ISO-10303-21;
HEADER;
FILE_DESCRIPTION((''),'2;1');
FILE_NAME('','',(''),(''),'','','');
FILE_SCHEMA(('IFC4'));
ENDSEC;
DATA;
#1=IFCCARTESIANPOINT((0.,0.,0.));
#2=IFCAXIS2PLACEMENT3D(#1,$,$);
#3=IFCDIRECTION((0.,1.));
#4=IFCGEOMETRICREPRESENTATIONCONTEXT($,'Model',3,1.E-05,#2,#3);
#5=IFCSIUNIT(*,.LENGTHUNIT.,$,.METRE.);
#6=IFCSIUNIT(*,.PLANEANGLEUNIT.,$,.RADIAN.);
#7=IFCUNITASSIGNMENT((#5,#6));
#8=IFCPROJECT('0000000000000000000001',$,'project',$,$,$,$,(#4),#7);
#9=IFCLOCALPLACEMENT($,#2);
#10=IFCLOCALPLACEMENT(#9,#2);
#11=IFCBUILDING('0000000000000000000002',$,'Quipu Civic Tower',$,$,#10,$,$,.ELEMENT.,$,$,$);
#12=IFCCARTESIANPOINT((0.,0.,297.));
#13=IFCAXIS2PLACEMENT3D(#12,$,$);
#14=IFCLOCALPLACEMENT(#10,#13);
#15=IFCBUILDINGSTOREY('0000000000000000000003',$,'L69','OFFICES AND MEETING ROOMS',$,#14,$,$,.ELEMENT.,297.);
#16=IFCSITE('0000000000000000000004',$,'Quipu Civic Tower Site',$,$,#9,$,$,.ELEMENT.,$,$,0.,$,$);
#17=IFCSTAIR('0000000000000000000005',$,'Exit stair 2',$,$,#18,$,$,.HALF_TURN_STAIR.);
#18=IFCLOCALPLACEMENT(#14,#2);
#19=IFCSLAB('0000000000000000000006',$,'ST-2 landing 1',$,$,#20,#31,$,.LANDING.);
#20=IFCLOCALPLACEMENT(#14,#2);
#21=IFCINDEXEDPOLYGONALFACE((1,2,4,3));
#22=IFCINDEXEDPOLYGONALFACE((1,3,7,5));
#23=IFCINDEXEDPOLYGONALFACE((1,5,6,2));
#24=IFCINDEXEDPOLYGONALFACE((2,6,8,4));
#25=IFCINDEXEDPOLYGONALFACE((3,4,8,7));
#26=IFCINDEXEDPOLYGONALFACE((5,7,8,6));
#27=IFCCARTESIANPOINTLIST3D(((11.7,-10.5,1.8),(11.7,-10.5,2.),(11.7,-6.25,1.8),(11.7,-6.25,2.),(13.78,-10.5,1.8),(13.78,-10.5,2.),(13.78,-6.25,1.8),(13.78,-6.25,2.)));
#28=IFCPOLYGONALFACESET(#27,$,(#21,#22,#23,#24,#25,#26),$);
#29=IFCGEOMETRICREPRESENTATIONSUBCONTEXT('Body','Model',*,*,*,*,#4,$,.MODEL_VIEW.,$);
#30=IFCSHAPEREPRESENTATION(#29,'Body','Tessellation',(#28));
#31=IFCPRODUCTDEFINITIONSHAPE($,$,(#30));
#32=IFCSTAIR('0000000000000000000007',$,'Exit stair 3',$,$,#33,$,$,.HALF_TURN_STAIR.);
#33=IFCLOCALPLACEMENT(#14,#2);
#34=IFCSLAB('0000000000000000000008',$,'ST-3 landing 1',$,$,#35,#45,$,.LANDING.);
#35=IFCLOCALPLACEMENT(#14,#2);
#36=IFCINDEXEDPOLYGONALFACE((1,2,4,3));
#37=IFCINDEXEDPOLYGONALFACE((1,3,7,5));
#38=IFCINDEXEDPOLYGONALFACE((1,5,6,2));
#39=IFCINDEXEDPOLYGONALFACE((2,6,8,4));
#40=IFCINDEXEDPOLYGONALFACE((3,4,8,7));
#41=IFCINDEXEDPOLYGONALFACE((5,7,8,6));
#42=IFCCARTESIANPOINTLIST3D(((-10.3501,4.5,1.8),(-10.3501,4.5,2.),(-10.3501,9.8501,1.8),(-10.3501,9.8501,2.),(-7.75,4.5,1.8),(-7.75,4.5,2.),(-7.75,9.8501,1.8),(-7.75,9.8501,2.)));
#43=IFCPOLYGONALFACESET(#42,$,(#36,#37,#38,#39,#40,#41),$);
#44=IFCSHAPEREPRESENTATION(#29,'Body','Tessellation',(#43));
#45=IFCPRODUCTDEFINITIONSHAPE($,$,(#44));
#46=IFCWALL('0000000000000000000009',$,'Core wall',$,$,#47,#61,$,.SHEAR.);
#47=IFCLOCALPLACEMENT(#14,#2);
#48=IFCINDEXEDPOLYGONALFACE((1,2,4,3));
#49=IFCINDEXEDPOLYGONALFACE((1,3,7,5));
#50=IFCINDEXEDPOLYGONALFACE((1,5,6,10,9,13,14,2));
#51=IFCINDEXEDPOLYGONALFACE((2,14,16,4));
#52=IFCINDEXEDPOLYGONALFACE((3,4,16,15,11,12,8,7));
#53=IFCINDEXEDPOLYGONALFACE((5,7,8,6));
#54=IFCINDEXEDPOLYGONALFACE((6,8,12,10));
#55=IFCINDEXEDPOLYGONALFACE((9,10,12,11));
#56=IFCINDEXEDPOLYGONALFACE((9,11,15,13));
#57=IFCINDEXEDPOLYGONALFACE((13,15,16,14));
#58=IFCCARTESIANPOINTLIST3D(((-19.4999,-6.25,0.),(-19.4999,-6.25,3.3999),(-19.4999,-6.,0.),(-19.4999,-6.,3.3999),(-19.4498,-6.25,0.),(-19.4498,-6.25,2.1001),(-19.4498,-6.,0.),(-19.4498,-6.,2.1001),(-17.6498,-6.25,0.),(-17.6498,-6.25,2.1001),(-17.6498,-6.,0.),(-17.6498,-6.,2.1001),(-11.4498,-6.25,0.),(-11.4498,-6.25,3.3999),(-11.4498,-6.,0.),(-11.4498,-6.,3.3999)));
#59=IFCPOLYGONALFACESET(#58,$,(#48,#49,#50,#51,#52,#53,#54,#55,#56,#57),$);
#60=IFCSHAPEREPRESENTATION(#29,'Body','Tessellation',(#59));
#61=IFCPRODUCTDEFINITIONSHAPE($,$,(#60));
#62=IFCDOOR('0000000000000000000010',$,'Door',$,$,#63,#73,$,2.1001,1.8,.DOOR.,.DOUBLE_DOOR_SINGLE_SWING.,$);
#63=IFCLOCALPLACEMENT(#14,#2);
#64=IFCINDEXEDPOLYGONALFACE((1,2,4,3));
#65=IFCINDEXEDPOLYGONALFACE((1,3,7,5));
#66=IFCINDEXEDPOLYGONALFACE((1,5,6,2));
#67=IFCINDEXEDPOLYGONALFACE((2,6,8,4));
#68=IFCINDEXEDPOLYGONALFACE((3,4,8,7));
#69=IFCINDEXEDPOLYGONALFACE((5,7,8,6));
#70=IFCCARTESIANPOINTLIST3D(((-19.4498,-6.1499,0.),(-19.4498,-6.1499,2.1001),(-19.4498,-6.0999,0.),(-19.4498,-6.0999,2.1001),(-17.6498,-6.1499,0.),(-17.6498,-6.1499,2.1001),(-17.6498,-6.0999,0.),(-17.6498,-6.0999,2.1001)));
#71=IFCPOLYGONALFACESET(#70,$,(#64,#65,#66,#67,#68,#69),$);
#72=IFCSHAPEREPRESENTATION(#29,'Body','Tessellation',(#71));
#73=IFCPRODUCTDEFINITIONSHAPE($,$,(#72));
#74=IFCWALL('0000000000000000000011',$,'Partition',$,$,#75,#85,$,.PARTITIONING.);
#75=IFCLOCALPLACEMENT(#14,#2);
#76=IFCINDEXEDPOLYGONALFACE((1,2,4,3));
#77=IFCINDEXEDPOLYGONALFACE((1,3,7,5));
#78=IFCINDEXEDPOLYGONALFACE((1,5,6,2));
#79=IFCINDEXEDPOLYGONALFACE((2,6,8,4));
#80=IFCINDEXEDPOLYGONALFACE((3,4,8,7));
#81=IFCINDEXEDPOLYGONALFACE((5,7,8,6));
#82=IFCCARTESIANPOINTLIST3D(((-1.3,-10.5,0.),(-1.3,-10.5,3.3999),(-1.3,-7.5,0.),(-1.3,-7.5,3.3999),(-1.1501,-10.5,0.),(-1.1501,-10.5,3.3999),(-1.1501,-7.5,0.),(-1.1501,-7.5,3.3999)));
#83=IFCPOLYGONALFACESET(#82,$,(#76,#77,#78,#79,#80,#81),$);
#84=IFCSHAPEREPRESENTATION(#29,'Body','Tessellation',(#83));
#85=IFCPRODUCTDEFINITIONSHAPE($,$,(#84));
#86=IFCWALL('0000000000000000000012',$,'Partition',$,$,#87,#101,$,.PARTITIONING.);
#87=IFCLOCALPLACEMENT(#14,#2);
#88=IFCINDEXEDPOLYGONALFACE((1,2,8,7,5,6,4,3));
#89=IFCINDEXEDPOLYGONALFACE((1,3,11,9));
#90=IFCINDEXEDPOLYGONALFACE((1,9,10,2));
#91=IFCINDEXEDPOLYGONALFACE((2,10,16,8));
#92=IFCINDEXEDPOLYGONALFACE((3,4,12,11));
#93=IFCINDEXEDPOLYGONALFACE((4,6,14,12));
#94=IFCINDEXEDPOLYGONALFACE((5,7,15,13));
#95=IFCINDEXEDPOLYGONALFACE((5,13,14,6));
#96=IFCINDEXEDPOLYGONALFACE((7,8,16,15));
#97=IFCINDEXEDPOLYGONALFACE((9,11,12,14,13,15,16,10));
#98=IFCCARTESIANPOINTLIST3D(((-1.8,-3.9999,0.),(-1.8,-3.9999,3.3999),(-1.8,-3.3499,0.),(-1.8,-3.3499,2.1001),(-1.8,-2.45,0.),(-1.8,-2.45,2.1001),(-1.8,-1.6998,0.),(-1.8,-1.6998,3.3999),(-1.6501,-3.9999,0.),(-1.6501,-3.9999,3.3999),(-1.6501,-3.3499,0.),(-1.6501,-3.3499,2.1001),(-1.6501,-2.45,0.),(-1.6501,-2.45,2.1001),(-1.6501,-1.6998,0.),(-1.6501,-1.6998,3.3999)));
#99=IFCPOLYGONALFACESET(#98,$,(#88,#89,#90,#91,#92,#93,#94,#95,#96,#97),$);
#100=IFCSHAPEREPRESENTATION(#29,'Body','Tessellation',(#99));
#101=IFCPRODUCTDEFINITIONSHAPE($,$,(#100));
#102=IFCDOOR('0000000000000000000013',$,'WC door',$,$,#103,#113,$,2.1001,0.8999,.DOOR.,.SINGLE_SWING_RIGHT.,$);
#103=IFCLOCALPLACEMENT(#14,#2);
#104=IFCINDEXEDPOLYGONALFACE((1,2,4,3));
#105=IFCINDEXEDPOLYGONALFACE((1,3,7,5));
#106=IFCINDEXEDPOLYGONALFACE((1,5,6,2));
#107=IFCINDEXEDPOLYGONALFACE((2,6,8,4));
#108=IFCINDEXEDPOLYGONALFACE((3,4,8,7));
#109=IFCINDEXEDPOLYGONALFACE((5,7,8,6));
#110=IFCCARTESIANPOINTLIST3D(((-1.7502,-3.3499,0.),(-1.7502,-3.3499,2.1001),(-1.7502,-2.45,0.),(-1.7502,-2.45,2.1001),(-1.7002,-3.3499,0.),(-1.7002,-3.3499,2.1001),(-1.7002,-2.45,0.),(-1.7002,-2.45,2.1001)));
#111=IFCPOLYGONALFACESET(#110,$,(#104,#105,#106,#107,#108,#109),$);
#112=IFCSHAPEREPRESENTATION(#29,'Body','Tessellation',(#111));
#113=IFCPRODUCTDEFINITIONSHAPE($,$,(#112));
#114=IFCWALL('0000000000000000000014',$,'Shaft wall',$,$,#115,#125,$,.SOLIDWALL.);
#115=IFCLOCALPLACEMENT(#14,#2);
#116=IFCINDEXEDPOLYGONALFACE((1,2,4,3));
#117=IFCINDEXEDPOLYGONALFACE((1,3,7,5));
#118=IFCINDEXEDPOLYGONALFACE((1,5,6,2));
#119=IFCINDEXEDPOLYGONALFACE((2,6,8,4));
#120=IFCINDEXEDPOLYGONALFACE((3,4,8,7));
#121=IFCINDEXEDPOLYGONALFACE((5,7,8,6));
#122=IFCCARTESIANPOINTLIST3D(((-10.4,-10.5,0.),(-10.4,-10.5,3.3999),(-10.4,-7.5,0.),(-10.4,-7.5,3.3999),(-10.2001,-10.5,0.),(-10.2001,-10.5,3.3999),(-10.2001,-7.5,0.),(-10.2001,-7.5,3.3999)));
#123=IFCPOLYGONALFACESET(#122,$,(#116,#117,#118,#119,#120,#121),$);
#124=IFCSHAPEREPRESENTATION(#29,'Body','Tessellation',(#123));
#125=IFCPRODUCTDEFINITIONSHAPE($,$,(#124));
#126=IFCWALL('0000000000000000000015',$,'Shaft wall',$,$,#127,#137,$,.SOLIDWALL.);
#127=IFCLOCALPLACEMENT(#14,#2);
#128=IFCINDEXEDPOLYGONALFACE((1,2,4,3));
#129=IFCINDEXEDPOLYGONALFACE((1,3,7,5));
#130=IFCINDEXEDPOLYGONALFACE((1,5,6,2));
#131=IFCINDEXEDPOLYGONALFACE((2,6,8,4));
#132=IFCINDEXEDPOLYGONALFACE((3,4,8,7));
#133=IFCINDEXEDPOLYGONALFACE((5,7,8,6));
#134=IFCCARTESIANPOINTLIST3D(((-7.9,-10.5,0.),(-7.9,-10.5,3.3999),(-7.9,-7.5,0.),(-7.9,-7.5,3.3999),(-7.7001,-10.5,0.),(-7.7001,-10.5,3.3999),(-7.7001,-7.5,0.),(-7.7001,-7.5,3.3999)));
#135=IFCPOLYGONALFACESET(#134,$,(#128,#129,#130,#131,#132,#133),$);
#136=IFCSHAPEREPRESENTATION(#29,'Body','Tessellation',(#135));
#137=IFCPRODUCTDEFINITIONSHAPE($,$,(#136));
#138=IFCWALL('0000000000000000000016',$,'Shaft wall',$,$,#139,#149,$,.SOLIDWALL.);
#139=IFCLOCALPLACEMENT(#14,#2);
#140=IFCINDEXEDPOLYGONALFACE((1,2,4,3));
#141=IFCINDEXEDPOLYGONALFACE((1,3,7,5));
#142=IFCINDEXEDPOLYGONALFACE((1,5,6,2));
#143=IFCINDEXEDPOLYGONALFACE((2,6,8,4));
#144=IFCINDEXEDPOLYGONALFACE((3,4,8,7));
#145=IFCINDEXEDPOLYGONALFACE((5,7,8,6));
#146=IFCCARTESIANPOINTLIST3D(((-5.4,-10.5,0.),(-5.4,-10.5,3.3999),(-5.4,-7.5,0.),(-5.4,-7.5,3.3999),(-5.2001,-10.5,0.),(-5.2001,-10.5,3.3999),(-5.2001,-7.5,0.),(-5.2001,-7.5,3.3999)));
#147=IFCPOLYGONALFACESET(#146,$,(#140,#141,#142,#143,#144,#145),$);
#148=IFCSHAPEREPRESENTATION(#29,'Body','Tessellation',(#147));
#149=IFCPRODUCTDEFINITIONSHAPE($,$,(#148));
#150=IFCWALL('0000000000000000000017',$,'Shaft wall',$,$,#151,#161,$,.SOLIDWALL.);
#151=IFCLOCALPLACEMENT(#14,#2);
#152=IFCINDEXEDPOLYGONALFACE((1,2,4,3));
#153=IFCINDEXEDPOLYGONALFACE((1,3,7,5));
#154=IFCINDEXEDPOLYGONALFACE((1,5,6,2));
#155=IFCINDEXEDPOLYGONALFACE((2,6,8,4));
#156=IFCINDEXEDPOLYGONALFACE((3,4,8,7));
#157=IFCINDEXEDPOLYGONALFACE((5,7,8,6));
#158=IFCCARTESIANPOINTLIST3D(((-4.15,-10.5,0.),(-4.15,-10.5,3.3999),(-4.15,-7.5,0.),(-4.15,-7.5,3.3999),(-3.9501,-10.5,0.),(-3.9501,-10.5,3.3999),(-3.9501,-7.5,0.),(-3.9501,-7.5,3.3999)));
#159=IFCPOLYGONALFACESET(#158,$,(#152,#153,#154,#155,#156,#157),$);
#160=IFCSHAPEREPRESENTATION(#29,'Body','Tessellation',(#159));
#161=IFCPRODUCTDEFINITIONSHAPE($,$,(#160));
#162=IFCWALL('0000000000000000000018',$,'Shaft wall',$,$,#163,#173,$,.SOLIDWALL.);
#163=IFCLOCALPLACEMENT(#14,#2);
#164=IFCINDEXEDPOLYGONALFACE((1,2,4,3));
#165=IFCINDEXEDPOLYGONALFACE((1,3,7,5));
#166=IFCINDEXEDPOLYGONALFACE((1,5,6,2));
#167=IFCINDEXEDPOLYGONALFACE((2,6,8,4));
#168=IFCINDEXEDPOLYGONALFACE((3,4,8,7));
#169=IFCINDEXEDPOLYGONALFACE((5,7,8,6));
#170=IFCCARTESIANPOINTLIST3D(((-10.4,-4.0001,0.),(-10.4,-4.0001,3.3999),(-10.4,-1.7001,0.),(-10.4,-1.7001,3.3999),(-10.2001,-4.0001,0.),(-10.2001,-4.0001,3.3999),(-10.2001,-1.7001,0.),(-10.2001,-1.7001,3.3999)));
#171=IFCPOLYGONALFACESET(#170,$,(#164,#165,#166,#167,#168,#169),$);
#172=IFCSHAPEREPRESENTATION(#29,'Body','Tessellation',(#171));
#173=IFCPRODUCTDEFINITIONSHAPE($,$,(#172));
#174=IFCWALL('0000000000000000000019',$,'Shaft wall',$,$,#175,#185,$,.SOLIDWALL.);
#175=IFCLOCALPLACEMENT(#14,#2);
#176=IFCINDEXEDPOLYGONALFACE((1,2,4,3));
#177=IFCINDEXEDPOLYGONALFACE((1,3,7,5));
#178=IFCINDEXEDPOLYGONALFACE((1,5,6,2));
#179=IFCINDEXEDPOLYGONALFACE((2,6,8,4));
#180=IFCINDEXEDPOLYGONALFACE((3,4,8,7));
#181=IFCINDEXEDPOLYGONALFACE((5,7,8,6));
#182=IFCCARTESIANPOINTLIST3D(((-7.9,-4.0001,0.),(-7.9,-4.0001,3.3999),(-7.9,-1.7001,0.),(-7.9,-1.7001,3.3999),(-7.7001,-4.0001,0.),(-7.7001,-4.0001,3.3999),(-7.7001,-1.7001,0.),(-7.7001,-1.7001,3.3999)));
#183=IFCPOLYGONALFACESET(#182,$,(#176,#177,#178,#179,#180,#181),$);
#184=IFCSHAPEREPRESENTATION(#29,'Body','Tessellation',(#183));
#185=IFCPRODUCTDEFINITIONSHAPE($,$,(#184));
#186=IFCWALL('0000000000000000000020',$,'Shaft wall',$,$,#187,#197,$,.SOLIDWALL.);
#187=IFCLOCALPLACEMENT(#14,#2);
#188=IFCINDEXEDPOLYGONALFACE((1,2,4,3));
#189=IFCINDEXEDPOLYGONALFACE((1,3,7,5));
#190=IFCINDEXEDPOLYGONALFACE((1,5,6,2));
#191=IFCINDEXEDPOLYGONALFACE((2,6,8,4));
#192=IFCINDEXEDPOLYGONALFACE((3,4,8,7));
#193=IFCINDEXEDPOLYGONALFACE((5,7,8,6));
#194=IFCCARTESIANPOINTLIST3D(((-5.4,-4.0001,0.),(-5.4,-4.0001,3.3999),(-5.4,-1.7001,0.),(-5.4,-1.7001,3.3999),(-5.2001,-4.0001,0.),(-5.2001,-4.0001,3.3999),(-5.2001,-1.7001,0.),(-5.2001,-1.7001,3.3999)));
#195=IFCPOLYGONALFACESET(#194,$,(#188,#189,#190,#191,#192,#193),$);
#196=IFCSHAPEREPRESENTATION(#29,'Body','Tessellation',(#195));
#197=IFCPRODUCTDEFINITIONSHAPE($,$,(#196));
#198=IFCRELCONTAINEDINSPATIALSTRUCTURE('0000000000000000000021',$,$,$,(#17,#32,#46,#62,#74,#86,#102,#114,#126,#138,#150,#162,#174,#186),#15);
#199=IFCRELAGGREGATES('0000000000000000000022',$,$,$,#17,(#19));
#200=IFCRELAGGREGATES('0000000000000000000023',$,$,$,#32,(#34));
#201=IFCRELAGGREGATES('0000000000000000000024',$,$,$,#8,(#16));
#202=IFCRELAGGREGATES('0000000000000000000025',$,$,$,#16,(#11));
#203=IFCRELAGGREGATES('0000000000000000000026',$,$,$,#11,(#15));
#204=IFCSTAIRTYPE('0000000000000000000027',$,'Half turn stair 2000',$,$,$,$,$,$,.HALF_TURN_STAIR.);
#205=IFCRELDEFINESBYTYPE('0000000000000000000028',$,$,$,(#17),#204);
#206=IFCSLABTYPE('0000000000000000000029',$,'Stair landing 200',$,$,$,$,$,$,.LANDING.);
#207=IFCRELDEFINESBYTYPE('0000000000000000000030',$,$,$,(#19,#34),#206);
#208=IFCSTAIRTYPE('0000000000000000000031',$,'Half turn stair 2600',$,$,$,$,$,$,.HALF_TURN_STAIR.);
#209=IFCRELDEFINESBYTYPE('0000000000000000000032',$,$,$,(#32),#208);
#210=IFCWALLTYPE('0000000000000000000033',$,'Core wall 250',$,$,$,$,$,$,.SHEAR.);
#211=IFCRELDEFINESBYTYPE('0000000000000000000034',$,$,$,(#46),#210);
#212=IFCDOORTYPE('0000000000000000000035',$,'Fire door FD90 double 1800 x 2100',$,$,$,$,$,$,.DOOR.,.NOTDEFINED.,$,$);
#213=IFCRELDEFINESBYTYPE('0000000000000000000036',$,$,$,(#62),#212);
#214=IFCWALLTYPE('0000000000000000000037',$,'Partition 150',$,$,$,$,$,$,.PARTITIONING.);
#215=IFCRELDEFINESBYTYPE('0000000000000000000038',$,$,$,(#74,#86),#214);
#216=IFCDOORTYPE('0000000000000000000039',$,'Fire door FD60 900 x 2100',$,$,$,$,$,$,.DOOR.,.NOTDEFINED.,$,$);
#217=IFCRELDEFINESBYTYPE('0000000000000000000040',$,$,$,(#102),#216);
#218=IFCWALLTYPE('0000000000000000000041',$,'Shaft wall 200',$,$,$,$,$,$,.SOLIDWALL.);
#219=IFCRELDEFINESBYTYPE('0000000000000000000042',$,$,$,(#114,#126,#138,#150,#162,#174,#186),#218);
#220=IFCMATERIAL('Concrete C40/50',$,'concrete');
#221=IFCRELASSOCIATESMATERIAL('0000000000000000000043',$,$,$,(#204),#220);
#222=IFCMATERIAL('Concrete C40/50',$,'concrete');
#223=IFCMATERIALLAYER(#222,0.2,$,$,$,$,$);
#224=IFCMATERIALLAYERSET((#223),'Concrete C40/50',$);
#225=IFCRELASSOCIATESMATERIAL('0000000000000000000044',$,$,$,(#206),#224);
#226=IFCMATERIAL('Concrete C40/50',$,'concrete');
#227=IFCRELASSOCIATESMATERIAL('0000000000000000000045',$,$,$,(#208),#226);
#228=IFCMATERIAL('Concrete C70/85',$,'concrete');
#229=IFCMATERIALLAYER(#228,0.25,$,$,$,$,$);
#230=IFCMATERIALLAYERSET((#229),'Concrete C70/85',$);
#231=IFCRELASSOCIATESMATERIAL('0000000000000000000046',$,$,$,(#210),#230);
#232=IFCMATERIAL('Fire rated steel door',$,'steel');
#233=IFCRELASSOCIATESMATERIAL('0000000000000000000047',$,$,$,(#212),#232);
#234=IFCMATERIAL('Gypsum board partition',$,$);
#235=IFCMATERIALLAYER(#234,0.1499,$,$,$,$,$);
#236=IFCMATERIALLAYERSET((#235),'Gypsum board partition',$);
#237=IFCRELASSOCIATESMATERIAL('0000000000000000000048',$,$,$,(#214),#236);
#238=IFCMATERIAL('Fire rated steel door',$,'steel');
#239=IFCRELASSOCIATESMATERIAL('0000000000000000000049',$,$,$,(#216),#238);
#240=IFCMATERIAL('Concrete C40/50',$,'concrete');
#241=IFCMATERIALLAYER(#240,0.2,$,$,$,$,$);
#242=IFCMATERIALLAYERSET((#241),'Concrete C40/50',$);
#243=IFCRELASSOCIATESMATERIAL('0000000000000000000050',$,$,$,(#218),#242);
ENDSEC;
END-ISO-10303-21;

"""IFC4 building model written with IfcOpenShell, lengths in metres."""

from ifc_helpers import new_model, si_unit, direction, frame, frame_2d, origin, place, context, subcontext, project, spatial, polyline, rectangle, outline, extrude, material, layer, layer_set, type_object, element, fill, aggregate, save


model = new_model("IFC4")

# Units and contexts
model_context = context("Model", 3, precision=1e-05, world=origin(), true_north=direction((0.0, 1.0)))
body_context = subcontext(model_context, "Body", "Model", "MODEL_VIEW")
ifc_project = project(units=[si_unit("LENGTHUNIT", "METRE"), si_unit("PLANEANGLEUNIT", "RADIAN")], contexts=[model_context])

# Site, building, storey
site_placement = place(None, origin())
site = spatial("IfcSite", under=ifc_project, at=site_placement, Name="Quipu Civic Tower Site", CompositionType="ELEMENT", RefElevation=0.0)
building_placement = place(site_placement, origin())
building = spatial("IfcBuilding", under=site, at=building_placement, Name="Quipu Civic Tower", CompositionType="ELEMENT")
storey_placement = place(building_placement, frame((0.0, 0.0, 297.0)))
storey = spatial("IfcBuildingStorey", under=building, at=storey_placement, Name="L69", Description="OFFICES AND MEETING ROOMS", CompositionType="ELEMENT", Elevation=297.0)

# Stairs, slabs
ifc_material_1 = material(Name="Concrete C40/50", Category="concrete")
stair_type_1 = type_object("IfcStairType", Name="Half turn stair 2000", PredefinedType="HALF_TURN_STAIR", material=ifc_material_1)
ifc_material_2 = material(Name="Concrete C40/50", Category="concrete")
ifc_layer_1 = layer(ifc_material_2, 0.2)
ifc_layer_set_1 = layer_set([ifc_layer_1], Name="Concrete C40/50")
slab_type_1 = type_object("IfcSlabType", Name="Stair landing 200", PredefinedType="LANDING", material=ifc_layer_set_1)
stair_1_placement = place(storey_placement, origin())
stair_1 = element("IfcStair", 1, at=stair_1_placement, inside=storey, type_object=stair_type_1, Name="Exit stair 2", PredefinedType="HALF_TURN_STAIR")
slab_1_placement = place(storey_placement, frame((0.0, 0.0, 1.8)))
slab_1 = element("IfcSlab", 2, at=slab_1_placement, type_object=slab_type_1, Name="ST-2 landing 1", PredefinedType="LANDING", context=body_context, shape_type="SweptSolid", body=[
    extrude(outline(polyline([(13.78, -6.25), (11.7, -6.25), (11.7, -10.5), (13.78, -10.5), (13.78, -6.25)])), origin(), (0.0, 0.0, 1.0), 0.2),
])
aggregate(stair_1, [slab_1])
ifc_material_3 = material(Name="Concrete C40/50", Category="concrete")
stair_type_2 = type_object("IfcStairType", Name="Half turn stair 2600", PredefinedType="HALF_TURN_STAIR", material=ifc_material_3)
stair_2_placement = place(storey_placement, origin())
stair_2 = element("IfcStair", 3, at=stair_2_placement, inside=storey, type_object=stair_type_2, Name="Exit stair 3", PredefinedType="HALF_TURN_STAIR")
slab_2_placement = place(storey_placement, frame((0.0, 0.0, 1.8)))
slab_2 = element("IfcSlab", 4, at=slab_2_placement, type_object=slab_type_1, Name="ST-3 landing 1", PredefinedType="LANDING", context=body_context, shape_type="SweptSolid", body=[
    extrude(outline(polyline([(-10.3501, 4.5), (-7.75, 4.5), (-7.75, 9.8501), (-10.3501, 9.8501), (-10.3501, 4.5)])), origin(), (0.0, 0.0, 1.0), 0.2),
])
aggregate(stair_2, [slab_2])

# Wall, opening, door
ifc_material_4 = material(Name="Concrete C70/85", Category="concrete")
ifc_layer_2 = layer(ifc_material_4, 0.25)
ifc_layer_set_2 = layer_set([ifc_layer_2], Name="Concrete C70/85")
wall_type_1 = type_object("IfcWallType", Name="Core wall 250", PredefinedType="SHEAR", material=ifc_layer_set_2)
wall_1_placement = place(storey_placement, frame((-11.45, -6.125, 0.0), z_axis=(0.0, 0.0, 1.0), x_axis=(-1.0, 0.0, 0.0)))
wall_1 = element("IfcWall", 5, at=wall_1_placement, inside=storey, type_object=wall_type_1, Name="Core wall", PredefinedType="SHEAR", context=body_context, shape_type="SweptSolid", body=[
    extrude(rectangle(XDim=8.05, YDim=0.25, at=frame_2d((4.0249, 0.0))), origin(), (0.0, 0.0, 1.0), 3.3999),
])
opening_1_placement = place(wall_1_placement, frame((6.2, 0.0, 0.0)))
opening_1 = element("IfcOpeningElement", 6, at=opening_1_placement, cuts=wall_1, PredefinedType="OPENING", context=body_context, shape_type="SweptSolid", body=[
    extrude(rectangle(XDim=1.8, YDim=2.1001, at=frame_2d((0.8999, 1.05))), frame((0.0, 0.135, 0.0), z_axis=(0.0, -1.0, 0.0), x_axis=(1.0, 0.0, 0.0)), (0.0, 0.0, 1.0), 0.27),
])
ifc_material_5 = material(Name="Fire rated steel door", Category="steel")
door_type_1 = type_object("IfcDoorType", Name="Fire door FD90 double 1800 x 2100", OperationType="NOTDEFINED", PredefinedType="DOOR", material=ifc_material_5)
door_1_placement = place(opening_1_placement, origin())
door_1 = element("IfcDoor", 7, at=door_1_placement, inside=storey, type_object=door_type_1, Name="Door", OperationType="DOUBLE_DOOR_SINGLE_SWING", OverallHeight=2.1001, OverallWidth=1.8, PredefinedType="DOOR", context=body_context, shape_type="SweptSolid", body=[
    extrude(rectangle(XDim=1.8, YDim=2.1001, at=frame_2d((0.8999, 1.05))), frame((0.0, 0.0249, 0.0), z_axis=(0.0, -1.0, 0.0), x_axis=(1.0, 0.0, 0.0)), (0.0, 0.0, 1.0), 0.05),
])
fill(opening_1, door_1)

# Wall
ifc_material_6 = material(Name="Gypsum board partition")
ifc_layer_3 = layer(ifc_material_6, 0.1499)
ifc_layer_set_3 = layer_set([ifc_layer_3], Name="Gypsum board partition")
wall_type_2 = type_object("IfcWallType", Name="Partition 150", PredefinedType="PARTITIONING", material=ifc_layer_set_3)
wall_2_placement = place(storey_placement, frame((-1.2251, -10.5, 0.0), z_axis=(0.0, 0.0, 1.0), x_axis=(0.0, 1.0, 0.0)))
element("IfcWall", 8, at=wall_2_placement, inside=storey, type_object=wall_type_2, Name="Partition", PredefinedType="PARTITIONING", context=body_context, shape_type="SweptSolid", body=[
    extrude(rectangle(XDim=3.0, YDim=0.1499, at=frame_2d((1.5, 0.0))), origin(), (0.0, 0.0, 1.0), 3.3999),
])

# Wall, opening, door
wall_3_placement = place(storey_placement, frame((-1.7251, -1.7, 0.0), z_axis=(0.0, 0.0, 1.0), x_axis=(0.0, -1.0, 0.0)))
wall_3 = element("IfcWall", 9, at=wall_3_placement, inside=storey, type_object=wall_type_2, Name="Partition", PredefinedType="PARTITIONING", context=body_context, shape_type="SweptSolid", body=[
    extrude(rectangle(XDim=2.3, YDim=0.1499, at=frame_2d((1.1499, 0.0))), origin(), (0.0, 0.0, 1.0), 3.3999),
])
opening_2_placement = place(wall_3_placement, frame((0.75, 0.0, 0.0)))
opening_2 = element("IfcOpeningElement", 10, at=opening_2_placement, cuts=wall_3, PredefinedType="OPENING", context=body_context, shape_type="SweptSolid", body=[
    extrude(rectangle(XDim=0.8999, YDim=2.1001, at=frame_2d((0.45, 1.05))), frame((0.0, 0.085, 0.0), z_axis=(0.0, -1.0, 0.0), x_axis=(1.0, 0.0, 0.0)), (0.0, 0.0, 1.0), 0.1699),
])
ifc_material_7 = material(Name="Fire rated steel door", Category="steel")
door_type_2 = type_object("IfcDoorType", Name="Fire door FD60 900 x 2100", OperationType="NOTDEFINED", PredefinedType="DOOR", material=ifc_material_7)
door_2_placement = place(opening_2_placement, origin())
door_2 = element("IfcDoor", 11, at=door_2_placement, inside=storey, type_object=door_type_2, Name="WC door", OperationType="SINGLE_SWING_RIGHT", OverallHeight=2.1001, OverallWidth=0.8999, PredefinedType="DOOR", context=body_context, shape_type="SweptSolid", body=[
    extrude(rectangle(XDim=0.8999, YDim=2.1001, at=frame_2d((0.45, 1.05))), frame((0.0, 0.0249, 0.0), z_axis=(0.0, -1.0, 0.0), x_axis=(1.0, 0.0, 0.0)), (0.0, 0.0, 1.0), 0.05),
])
fill(opening_2, door_2)

# Walls
ifc_material_8 = material(Name="Concrete C40/50", Category="concrete")
ifc_layer_4 = layer(ifc_material_8, 0.2)
ifc_layer_set_4 = layer_set([ifc_layer_4], Name="Concrete C40/50")
wall_type_3 = type_object("IfcWallType", Name="Shaft wall 200", PredefinedType="SOLIDWALL", material=ifc_layer_set_4)
for number, where, z_axis, x_axis, name in (
    (12, (-10.3, -10.5, 0.0), (0.0, 0.0, 1.0), (0.0, 1.0, 0.0), "Shaft wall"),
    (13, (-7.8, -10.5, 0.0), (0.0, 0.0, 1.0), (0.0, 1.0, 0.0), "Shaft wall"),
    (14, (-5.3, -10.5, 0.0), (0.0, 0.0, 1.0), (0.0, 1.0, 0.0), "Shaft wall"),
    (15, (-4.05, -10.5, 0.0), (0.0, 0.0, 1.0), (0.0, 1.0, 0.0), "Shaft wall"),
):
    element("IfcWall", number, at=place(storey_placement, frame(where, z_axis=z_axis, x_axis=x_axis)), inside=storey, type_object=wall_type_3, Name=name, PredefinedType="SOLIDWALL", context=body_context, shape_type="SweptSolid", body=[
        extrude(rectangle(XDim=3.0, YDim=0.2, at=frame_2d((1.5, 0.0))), origin(), (0.0, 0.0, 1.0), 3.3999),
    ])
for number, where, z_axis, x_axis, name in (
    (16, (-10.3, -4.0, 0.0), (0.0, 0.0, 1.0), (0.0, 1.0, 0.0), "Shaft wall"),
    (17, (-7.8, -4.0, 0.0), (0.0, 0.0, 1.0), (0.0, 1.0, 0.0), "Shaft wall"),
    (18, (-5.3, -4.0, 0.0), (0.0, 0.0, 1.0), (0.0, 1.0, 0.0), "Shaft wall"),
):
    element("IfcWall", number, at=place(storey_placement, frame(where, z_axis=z_axis, x_axis=x_axis)), inside=storey, type_object=wall_type_3, Name=name, PredefinedType="SOLIDWALL", context=body_context, shape_type="SweptSolid", body=[
        extrude(rectangle(XDim=2.3, YDim=0.2, at=frame_2d((1.1499, 0.0))), origin(), (0.0, 0.0, 1.0), 3.3999),
    ])

save(model, "model.ifc")
